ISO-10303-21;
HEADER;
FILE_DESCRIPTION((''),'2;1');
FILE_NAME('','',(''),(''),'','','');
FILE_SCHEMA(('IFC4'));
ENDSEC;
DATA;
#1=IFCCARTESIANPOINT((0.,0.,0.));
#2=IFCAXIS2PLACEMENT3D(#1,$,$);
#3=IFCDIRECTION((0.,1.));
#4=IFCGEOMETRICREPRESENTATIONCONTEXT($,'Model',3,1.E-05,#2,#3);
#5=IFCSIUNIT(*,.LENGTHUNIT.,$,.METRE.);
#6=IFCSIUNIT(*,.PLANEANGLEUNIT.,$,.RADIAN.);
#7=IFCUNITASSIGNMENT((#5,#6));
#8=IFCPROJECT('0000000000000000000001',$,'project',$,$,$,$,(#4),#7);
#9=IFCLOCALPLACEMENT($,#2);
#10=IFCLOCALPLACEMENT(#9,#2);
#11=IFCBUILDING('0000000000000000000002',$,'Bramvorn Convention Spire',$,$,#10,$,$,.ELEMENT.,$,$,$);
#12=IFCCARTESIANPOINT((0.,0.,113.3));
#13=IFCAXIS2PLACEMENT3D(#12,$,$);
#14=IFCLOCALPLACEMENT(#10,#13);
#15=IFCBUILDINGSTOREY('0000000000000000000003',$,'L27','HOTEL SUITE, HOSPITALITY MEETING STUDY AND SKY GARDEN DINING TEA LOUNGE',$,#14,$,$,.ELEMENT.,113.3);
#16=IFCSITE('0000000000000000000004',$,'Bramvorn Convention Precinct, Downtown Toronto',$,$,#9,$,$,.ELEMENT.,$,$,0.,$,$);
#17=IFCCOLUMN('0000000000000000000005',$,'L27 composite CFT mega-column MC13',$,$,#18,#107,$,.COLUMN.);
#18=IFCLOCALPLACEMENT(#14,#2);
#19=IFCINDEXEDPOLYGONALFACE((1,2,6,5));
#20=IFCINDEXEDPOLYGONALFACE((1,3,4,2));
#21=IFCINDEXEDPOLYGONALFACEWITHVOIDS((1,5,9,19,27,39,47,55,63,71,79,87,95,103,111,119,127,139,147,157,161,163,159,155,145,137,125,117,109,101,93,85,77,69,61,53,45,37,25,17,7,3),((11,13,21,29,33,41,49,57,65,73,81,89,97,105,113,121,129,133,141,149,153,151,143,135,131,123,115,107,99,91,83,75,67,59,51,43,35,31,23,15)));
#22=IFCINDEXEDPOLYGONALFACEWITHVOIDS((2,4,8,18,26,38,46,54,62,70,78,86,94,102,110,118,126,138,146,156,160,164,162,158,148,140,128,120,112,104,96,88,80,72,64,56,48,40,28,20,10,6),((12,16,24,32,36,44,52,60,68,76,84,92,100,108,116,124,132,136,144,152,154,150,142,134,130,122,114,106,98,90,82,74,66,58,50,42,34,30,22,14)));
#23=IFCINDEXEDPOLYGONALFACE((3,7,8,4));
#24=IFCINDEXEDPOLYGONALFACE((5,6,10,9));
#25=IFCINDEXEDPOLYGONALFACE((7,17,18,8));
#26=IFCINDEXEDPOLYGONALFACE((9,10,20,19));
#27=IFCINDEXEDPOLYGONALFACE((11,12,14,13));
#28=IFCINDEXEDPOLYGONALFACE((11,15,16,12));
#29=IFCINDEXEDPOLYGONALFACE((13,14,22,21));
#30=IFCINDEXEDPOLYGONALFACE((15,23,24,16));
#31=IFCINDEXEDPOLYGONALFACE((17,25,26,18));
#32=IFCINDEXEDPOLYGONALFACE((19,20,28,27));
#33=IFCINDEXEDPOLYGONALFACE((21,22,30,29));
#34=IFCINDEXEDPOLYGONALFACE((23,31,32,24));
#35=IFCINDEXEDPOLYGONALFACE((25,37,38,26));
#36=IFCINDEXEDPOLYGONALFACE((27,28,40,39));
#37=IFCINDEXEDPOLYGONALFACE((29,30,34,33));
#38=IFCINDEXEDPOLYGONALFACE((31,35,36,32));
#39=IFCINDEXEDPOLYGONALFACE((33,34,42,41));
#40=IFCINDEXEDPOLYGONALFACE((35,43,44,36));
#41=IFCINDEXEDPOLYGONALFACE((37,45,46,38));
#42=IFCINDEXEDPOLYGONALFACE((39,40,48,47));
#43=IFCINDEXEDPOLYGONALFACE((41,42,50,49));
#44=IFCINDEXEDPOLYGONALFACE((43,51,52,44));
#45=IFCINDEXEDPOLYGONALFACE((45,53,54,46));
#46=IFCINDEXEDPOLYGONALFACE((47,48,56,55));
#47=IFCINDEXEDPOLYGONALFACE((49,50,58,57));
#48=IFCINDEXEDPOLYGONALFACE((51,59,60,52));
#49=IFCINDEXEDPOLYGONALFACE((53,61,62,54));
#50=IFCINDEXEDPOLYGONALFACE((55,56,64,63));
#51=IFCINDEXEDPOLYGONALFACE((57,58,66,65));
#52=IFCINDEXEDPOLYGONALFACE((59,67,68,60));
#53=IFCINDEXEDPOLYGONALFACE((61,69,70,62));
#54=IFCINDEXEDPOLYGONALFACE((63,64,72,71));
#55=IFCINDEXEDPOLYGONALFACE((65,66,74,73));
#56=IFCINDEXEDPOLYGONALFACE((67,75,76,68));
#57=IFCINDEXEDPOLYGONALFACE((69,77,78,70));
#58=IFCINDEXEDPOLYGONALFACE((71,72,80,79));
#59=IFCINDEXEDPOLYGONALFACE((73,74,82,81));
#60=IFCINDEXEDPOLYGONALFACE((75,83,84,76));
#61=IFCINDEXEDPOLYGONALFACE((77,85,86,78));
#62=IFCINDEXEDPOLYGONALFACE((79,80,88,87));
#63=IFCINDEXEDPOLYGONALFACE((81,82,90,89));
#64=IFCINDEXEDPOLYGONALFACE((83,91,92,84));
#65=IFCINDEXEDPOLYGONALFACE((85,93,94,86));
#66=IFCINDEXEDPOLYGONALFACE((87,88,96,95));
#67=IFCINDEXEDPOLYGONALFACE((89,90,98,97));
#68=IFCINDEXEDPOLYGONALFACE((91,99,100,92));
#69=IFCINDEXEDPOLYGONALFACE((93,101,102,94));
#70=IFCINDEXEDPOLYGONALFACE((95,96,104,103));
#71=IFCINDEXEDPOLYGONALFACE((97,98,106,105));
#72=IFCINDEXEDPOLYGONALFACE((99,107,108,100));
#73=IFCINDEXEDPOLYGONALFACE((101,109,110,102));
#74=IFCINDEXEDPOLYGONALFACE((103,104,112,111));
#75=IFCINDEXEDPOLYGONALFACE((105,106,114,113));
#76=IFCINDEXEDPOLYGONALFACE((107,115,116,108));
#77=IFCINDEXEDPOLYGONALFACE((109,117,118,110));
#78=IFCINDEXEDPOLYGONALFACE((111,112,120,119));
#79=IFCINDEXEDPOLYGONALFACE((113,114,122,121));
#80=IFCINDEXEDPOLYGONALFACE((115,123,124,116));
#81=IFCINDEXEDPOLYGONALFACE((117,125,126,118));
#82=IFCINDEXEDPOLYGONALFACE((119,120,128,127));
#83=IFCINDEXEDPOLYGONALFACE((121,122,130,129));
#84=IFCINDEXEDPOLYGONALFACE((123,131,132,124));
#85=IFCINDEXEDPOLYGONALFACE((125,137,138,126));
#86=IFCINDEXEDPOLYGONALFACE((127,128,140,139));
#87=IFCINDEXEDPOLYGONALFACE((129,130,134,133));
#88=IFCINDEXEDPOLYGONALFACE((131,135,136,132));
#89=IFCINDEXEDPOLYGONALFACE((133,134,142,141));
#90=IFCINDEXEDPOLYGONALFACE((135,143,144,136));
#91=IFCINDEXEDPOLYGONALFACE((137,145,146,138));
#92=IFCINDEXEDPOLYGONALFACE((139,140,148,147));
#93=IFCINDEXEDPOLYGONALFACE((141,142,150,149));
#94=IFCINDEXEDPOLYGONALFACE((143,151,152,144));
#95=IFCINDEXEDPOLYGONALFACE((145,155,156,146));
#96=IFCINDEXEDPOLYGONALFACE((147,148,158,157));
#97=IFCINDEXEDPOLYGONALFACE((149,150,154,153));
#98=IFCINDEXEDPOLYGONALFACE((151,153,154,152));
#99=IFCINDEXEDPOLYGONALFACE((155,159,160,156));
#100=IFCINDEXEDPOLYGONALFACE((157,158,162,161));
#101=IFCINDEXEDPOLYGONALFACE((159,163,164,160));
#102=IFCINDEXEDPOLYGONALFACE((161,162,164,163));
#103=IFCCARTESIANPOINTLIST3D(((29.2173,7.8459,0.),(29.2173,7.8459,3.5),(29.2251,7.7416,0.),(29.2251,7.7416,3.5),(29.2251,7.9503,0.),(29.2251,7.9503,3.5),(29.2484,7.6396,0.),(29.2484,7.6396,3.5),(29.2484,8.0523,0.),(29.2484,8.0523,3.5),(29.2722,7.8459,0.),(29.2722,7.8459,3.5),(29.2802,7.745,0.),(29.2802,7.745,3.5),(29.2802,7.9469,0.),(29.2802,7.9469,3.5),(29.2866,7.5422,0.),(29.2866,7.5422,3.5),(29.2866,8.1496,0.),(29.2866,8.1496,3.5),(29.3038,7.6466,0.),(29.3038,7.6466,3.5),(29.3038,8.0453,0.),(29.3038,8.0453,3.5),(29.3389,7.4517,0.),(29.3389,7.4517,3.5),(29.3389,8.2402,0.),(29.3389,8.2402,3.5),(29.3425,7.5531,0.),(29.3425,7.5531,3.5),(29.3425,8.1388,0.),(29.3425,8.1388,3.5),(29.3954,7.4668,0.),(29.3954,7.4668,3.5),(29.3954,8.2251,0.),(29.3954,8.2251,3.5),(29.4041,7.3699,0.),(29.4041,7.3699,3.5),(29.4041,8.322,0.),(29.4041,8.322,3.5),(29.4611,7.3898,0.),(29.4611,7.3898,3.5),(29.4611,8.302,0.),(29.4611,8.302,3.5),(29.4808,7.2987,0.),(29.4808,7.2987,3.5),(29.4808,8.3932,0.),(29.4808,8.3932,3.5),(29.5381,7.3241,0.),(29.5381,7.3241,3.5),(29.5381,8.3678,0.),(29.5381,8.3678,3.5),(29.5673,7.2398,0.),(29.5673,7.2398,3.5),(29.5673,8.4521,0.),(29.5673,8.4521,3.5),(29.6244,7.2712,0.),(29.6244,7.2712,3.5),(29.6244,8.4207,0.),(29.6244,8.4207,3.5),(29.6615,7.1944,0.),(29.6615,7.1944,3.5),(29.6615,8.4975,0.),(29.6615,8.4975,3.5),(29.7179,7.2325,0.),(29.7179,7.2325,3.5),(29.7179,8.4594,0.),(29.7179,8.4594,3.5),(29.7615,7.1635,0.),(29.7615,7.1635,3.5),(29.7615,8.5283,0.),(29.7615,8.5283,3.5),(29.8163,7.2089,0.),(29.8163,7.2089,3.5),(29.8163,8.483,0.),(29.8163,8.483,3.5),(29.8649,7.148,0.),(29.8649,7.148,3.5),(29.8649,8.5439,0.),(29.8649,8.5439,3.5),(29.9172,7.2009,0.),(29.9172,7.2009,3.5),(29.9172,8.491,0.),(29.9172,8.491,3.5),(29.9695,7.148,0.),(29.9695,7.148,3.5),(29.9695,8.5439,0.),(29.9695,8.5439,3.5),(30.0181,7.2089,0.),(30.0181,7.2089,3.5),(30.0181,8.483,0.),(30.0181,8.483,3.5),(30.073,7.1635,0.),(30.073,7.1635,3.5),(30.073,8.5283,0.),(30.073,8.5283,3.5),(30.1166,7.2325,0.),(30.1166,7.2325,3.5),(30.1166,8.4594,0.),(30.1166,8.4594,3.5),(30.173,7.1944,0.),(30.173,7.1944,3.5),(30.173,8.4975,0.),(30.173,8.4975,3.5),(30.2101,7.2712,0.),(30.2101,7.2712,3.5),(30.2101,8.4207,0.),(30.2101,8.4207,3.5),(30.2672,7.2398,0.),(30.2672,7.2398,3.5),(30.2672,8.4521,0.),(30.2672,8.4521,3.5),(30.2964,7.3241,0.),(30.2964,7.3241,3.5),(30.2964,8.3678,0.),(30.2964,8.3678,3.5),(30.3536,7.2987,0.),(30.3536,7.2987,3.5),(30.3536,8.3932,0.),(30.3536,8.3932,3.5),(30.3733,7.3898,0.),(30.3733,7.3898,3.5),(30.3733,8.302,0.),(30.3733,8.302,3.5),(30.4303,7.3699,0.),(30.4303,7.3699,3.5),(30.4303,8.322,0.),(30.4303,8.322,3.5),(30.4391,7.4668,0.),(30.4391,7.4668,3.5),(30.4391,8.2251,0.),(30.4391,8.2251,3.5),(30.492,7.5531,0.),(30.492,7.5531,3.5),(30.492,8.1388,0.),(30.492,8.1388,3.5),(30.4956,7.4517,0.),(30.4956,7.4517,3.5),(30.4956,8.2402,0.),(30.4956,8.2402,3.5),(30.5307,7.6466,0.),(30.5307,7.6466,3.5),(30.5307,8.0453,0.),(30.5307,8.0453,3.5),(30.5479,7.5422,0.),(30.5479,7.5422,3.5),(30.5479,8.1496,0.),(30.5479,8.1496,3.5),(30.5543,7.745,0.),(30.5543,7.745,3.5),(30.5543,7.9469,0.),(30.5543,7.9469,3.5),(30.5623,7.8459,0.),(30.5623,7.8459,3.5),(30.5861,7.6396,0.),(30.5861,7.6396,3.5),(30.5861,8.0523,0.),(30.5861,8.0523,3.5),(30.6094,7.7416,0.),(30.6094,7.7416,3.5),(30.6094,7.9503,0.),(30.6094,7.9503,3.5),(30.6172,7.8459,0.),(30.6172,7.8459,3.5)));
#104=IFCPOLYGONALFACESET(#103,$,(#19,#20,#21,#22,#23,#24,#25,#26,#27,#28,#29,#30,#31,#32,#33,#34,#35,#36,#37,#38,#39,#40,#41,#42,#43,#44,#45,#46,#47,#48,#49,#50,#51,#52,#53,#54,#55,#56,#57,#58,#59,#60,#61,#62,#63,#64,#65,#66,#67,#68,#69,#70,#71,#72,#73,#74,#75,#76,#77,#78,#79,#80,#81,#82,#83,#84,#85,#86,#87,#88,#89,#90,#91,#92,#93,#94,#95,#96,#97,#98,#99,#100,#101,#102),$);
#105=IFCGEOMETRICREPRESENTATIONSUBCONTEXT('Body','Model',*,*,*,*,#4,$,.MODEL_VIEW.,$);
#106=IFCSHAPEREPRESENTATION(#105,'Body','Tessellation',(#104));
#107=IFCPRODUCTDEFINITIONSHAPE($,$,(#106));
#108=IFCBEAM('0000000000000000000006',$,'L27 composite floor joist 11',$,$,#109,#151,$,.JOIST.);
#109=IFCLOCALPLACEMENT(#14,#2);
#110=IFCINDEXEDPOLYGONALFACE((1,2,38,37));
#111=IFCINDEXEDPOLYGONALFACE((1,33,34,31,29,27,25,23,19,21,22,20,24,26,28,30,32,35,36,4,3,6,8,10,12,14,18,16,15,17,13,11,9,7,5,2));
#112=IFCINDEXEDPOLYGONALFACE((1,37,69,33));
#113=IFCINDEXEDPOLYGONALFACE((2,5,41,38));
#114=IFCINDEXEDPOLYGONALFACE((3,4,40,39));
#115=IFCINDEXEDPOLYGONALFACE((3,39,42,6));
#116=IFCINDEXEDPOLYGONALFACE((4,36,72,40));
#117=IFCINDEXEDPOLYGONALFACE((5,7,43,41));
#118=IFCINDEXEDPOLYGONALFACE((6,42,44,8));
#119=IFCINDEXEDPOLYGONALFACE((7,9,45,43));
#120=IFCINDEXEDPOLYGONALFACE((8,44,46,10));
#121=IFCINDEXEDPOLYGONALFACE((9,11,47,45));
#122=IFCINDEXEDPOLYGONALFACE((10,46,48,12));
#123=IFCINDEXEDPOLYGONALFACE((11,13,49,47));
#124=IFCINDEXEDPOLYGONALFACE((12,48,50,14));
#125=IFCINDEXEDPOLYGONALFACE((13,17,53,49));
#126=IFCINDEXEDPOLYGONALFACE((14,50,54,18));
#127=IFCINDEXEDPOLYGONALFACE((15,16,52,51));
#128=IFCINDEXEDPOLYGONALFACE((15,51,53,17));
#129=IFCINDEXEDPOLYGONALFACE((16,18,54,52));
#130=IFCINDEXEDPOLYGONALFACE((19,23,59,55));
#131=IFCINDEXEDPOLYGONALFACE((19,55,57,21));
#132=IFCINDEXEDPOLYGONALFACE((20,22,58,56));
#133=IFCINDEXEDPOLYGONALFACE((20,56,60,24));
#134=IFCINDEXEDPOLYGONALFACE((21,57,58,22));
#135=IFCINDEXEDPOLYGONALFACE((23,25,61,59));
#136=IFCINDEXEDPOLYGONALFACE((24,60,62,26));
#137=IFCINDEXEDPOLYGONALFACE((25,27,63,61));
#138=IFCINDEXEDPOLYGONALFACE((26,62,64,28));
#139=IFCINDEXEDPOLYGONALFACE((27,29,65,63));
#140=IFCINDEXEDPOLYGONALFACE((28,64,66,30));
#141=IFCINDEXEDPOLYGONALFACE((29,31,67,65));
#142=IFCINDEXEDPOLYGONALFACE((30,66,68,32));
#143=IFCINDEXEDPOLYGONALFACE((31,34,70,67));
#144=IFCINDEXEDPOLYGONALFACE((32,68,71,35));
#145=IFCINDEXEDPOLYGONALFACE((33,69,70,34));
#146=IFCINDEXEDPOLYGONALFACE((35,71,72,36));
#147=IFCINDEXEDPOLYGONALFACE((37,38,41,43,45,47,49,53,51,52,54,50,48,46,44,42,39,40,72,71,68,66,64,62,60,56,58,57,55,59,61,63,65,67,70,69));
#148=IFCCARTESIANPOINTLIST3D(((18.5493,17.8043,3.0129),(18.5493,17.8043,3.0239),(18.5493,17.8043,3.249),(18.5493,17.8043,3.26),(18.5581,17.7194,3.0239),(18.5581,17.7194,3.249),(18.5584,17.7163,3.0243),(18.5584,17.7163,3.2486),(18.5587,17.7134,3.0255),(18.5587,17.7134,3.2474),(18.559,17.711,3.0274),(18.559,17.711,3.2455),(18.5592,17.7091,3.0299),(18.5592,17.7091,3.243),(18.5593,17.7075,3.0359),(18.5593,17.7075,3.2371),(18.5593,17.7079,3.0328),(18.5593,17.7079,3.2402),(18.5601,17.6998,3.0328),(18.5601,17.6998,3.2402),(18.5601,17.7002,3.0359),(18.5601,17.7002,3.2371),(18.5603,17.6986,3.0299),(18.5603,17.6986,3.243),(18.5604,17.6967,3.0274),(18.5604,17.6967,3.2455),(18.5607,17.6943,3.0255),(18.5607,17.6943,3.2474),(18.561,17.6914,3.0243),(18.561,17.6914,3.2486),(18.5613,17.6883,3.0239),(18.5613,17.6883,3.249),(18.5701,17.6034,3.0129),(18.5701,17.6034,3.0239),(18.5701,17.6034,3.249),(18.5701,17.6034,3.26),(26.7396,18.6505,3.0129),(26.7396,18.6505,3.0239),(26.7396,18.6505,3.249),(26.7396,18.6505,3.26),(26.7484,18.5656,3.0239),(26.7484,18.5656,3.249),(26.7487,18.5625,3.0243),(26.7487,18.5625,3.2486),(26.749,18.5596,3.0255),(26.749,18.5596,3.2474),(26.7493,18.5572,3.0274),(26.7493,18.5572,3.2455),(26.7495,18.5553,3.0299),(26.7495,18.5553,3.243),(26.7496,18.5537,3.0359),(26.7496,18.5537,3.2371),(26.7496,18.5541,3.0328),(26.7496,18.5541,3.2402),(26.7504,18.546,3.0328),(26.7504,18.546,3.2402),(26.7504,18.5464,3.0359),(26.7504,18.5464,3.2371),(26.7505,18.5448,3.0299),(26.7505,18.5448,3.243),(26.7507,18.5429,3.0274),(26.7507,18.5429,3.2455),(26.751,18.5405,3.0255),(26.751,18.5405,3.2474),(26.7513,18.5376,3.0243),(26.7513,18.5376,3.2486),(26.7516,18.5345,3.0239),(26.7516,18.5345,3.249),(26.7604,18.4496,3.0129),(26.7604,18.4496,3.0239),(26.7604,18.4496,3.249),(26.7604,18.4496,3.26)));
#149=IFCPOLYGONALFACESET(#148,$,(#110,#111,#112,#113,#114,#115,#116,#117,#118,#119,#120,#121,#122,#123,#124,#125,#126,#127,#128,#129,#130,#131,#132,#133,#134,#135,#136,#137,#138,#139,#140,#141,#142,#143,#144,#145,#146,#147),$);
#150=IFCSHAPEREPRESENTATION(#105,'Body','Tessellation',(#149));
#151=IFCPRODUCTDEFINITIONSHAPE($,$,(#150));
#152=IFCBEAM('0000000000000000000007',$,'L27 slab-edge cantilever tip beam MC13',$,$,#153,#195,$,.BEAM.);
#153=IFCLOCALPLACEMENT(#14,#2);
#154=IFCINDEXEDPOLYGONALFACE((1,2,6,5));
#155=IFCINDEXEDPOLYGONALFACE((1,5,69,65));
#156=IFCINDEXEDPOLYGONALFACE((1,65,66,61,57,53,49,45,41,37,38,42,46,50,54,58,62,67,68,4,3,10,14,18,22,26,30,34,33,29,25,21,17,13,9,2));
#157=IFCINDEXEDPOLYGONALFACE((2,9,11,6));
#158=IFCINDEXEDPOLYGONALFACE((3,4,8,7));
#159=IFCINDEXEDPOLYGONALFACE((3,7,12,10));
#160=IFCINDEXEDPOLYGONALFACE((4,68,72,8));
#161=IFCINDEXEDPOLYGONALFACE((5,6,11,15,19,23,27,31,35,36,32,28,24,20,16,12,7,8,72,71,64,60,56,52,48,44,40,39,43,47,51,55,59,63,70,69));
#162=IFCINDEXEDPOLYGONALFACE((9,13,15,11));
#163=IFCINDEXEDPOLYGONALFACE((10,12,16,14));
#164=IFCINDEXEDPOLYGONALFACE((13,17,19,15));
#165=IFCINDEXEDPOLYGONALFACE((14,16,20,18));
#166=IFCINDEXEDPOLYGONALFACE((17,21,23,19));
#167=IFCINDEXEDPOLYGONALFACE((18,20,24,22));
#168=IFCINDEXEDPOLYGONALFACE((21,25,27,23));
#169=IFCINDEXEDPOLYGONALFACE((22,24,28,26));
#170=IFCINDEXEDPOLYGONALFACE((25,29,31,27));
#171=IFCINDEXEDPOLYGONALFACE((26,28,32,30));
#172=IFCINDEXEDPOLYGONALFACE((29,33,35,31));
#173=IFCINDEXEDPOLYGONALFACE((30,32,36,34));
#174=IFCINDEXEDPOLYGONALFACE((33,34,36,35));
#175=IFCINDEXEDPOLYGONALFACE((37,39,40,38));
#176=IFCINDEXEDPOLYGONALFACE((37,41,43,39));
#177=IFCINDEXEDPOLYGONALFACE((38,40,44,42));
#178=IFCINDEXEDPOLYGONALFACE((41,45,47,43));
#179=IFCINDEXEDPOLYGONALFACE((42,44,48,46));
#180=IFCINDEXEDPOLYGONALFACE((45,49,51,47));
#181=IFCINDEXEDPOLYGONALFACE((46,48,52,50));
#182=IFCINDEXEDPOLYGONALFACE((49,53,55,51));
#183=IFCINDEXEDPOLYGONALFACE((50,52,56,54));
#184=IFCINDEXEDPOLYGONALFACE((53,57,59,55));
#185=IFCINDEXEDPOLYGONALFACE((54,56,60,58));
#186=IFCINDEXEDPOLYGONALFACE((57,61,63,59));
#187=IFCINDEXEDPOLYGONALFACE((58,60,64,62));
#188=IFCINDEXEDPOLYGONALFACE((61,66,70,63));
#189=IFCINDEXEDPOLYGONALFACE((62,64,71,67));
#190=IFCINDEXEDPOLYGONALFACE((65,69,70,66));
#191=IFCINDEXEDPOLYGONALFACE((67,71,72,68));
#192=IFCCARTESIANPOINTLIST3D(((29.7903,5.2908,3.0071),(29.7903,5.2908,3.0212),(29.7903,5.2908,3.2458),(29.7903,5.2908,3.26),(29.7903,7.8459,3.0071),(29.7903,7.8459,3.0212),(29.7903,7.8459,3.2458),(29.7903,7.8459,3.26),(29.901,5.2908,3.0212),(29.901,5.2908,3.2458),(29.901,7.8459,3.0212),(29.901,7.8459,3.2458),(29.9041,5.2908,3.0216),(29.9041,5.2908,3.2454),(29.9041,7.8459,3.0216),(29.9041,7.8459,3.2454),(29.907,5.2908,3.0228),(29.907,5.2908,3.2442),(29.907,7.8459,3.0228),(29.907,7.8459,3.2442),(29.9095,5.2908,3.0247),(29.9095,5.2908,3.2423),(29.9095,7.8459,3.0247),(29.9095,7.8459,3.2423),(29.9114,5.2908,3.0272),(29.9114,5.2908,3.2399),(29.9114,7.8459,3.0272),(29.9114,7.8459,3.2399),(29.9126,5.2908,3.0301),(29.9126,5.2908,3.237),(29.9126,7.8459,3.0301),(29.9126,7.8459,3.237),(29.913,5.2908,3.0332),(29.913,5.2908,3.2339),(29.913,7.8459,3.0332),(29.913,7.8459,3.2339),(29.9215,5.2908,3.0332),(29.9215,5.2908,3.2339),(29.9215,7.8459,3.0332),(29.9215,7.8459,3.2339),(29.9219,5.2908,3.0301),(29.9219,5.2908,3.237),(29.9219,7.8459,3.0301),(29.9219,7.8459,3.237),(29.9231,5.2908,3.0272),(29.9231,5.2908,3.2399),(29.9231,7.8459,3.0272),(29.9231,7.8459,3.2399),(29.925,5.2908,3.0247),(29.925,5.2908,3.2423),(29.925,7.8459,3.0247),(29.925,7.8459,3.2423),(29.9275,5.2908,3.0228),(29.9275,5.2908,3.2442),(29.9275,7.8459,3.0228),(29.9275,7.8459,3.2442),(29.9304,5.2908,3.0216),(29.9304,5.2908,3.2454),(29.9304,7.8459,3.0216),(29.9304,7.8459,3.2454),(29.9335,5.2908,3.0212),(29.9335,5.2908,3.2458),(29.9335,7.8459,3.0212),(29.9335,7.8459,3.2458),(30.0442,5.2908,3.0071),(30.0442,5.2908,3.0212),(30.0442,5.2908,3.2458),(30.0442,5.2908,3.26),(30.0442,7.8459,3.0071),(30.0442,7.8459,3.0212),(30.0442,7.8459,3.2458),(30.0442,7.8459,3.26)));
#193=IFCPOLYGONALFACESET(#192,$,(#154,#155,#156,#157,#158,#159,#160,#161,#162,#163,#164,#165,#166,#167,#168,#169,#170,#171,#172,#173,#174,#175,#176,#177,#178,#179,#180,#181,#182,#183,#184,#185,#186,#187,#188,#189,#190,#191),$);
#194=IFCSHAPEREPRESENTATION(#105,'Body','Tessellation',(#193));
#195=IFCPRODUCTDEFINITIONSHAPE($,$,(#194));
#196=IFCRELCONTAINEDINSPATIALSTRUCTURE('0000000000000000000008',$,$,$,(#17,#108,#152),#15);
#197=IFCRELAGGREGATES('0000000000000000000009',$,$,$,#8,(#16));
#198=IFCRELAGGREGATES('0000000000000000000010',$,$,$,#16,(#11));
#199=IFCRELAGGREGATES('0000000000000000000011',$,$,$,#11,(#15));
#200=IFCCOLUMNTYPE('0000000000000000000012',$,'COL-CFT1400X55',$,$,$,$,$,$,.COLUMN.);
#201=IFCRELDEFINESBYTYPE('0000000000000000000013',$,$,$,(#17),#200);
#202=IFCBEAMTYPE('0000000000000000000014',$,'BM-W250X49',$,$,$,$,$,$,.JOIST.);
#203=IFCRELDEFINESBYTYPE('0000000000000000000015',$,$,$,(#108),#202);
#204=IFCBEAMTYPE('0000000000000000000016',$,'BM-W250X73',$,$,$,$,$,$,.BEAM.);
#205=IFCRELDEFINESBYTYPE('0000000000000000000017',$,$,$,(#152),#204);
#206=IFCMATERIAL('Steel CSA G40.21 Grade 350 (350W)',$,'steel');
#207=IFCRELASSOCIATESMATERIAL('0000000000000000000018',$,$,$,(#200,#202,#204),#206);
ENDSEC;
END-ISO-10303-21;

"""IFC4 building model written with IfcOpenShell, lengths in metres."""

from ifc_helpers import new_model, si_unit, direction, frame, origin, origin_2d, place, context, subcontext, project, spatial, hollow_circle, i_section, extrude, material, material_profile, profile_set, type_object, element, save


model = new_model("IFC4")

# Units and contexts
model_context = context("Model", 3, precision=1e-05, world=origin(), true_north=direction((0.0, 1.0)))
body_context = subcontext(model_context, "Body", "Model", "MODEL_VIEW")
ifc_project = project(units=[si_unit("LENGTHUNIT", "METRE"), si_unit("PLANEANGLEUNIT", "RADIAN")], contexts=[model_context])

# Site, building, storey
site_placement = place(None, origin())
site = spatial("IfcSite", under=ifc_project, at=site_placement, Name="Bramvorn Convention Precinct, Downtown Toronto", CompositionType="ELEMENT", RefElevation=0.0)
building_placement = place(site_placement, origin())
building = spatial("IfcBuilding", under=site, at=building_placement, Name="Bramvorn Convention Spire", CompositionType="ELEMENT")
storey_placement = place(building_placement, frame((0.0, 0.0, 113.3)))
storey = spatial("IfcBuildingStorey", under=building, at=storey_placement, Name="L27", Description="HOTEL SUITE, HOSPITALITY MEETING STUDY AND SKY GARDEN DINING TEA LOUNGE", CompositionType="ELEMENT", Elevation=113.3)

# Column
ifc_material_1 = material(Name="Steel CSA G40.21 Grade 350 (350W)", Category="steel")
ifc_material_profile_1 = material_profile(ifc_material_1, hollow_circle(Radius=0.7, WallThickness=0.0549, at=origin_2d()))
ifc_profile_set_1 = profile_set([ifc_material_profile_1], Name="Steel CSA G40.21 Grade 350 (350W) - CFT1400X55")
column_type = type_object("IfcColumnType", Name="COL-CFT1400X55", PredefinedType="COLUMN", material=ifc_profile_set_1)
column_placement = place(storey_placement, frame((29.9172, 7.8459, 0.0), z_axis=(0.0, 0.0, 1.0), x_axis=(1.0, 0.0, 0.0)))
element("IfcColumn", 1, at=column_placement, inside=storey, type_object=column_type, Name="L27 composite CFT mega-column MC13", PredefinedType="COLUMN", context=body_context, shape_type="SweptSolid", body=[
    extrude(hollow_circle(Radius=0.7, WallThickness=0.0549, at=origin_2d()), origin(), (0.0, 0.0, 1.0), 3.5),
])

# Beams
ifc_material_profile_2 = material_profile(ifc_material_1, i_section(OverallWidth=0.2019, OverallDepth=0.2471, WebThickness=0.0073, FlangeThickness=0.011, FilletRadius=0.012, at=origin_2d()))
ifc_profile_set_2 = profile_set([ifc_material_profile_2], Name="Steel CSA G40.21 Grade 350 (350W) - W250X49")
beam_type_1 = type_object("IfcBeamType", Name="BM-W250X49", PredefinedType="JOIST", material=ifc_profile_set_2)
beam_1_placement = place(storey_placement, frame((26.75, 18.55, 3.1365), z_axis=(-0.994705, -0.102771, 0.0), x_axis=(0.102771, -0.994705, 0.0)))
element("IfcBeam", 2, at=beam_1_placement, inside=storey, type_object=beam_type_1, Name="L27 composite floor joist 11", PredefinedType="JOIST", context=body_context, shape_type="SweptSolid", body=[
    extrude(i_section(OverallWidth=0.2019, OverallDepth=0.2471, WebThickness=0.0073, FlangeThickness=0.011, FilletRadius=0.012, at=origin_2d()), origin(), (0.0, 0.0, 1.0), 8.2339),
])
ifc_material_profile_3 = material_profile(ifc_material_1, i_section(OverallWidth=0.2539, OverallDepth=0.2529, WebThickness=0.0085, FlangeThickness=0.0142, FilletRadius=0.012, at=origin_2d()))
ifc_profile_set_3 = profile_set([ifc_material_profile_3], Name="Steel CSA G40.21 Grade 350 (350W) - W250X73")
beam_type_2 = type_object("IfcBeamType", Name="BM-W250X73", PredefinedType="BEAM", material=ifc_profile_set_3)
beam_2_placement = place(storey_placement, frame((29.9172, 7.8459, 3.1335), z_axis=(0.0, -1.0, 0.0), x_axis=(1.0, 0.0, 0.0)))
element("IfcBeam", 3, at=beam_2_placement, inside=storey, type_object=beam_type_2, Name="L27 slab-edge cantilever tip beam MC13", PredefinedType="BEAM", context=body_context, shape_type="SweptSolid", body=[
    extrude(i_section(OverallWidth=0.2539, OverallDepth=0.2529, WebThickness=0.0085, FlangeThickness=0.0142, FilletRadius=0.012, at=origin_2d()), origin(), (0.0, 0.0, 1.0), 2.5552),
])

save(model, "model.ifc")
